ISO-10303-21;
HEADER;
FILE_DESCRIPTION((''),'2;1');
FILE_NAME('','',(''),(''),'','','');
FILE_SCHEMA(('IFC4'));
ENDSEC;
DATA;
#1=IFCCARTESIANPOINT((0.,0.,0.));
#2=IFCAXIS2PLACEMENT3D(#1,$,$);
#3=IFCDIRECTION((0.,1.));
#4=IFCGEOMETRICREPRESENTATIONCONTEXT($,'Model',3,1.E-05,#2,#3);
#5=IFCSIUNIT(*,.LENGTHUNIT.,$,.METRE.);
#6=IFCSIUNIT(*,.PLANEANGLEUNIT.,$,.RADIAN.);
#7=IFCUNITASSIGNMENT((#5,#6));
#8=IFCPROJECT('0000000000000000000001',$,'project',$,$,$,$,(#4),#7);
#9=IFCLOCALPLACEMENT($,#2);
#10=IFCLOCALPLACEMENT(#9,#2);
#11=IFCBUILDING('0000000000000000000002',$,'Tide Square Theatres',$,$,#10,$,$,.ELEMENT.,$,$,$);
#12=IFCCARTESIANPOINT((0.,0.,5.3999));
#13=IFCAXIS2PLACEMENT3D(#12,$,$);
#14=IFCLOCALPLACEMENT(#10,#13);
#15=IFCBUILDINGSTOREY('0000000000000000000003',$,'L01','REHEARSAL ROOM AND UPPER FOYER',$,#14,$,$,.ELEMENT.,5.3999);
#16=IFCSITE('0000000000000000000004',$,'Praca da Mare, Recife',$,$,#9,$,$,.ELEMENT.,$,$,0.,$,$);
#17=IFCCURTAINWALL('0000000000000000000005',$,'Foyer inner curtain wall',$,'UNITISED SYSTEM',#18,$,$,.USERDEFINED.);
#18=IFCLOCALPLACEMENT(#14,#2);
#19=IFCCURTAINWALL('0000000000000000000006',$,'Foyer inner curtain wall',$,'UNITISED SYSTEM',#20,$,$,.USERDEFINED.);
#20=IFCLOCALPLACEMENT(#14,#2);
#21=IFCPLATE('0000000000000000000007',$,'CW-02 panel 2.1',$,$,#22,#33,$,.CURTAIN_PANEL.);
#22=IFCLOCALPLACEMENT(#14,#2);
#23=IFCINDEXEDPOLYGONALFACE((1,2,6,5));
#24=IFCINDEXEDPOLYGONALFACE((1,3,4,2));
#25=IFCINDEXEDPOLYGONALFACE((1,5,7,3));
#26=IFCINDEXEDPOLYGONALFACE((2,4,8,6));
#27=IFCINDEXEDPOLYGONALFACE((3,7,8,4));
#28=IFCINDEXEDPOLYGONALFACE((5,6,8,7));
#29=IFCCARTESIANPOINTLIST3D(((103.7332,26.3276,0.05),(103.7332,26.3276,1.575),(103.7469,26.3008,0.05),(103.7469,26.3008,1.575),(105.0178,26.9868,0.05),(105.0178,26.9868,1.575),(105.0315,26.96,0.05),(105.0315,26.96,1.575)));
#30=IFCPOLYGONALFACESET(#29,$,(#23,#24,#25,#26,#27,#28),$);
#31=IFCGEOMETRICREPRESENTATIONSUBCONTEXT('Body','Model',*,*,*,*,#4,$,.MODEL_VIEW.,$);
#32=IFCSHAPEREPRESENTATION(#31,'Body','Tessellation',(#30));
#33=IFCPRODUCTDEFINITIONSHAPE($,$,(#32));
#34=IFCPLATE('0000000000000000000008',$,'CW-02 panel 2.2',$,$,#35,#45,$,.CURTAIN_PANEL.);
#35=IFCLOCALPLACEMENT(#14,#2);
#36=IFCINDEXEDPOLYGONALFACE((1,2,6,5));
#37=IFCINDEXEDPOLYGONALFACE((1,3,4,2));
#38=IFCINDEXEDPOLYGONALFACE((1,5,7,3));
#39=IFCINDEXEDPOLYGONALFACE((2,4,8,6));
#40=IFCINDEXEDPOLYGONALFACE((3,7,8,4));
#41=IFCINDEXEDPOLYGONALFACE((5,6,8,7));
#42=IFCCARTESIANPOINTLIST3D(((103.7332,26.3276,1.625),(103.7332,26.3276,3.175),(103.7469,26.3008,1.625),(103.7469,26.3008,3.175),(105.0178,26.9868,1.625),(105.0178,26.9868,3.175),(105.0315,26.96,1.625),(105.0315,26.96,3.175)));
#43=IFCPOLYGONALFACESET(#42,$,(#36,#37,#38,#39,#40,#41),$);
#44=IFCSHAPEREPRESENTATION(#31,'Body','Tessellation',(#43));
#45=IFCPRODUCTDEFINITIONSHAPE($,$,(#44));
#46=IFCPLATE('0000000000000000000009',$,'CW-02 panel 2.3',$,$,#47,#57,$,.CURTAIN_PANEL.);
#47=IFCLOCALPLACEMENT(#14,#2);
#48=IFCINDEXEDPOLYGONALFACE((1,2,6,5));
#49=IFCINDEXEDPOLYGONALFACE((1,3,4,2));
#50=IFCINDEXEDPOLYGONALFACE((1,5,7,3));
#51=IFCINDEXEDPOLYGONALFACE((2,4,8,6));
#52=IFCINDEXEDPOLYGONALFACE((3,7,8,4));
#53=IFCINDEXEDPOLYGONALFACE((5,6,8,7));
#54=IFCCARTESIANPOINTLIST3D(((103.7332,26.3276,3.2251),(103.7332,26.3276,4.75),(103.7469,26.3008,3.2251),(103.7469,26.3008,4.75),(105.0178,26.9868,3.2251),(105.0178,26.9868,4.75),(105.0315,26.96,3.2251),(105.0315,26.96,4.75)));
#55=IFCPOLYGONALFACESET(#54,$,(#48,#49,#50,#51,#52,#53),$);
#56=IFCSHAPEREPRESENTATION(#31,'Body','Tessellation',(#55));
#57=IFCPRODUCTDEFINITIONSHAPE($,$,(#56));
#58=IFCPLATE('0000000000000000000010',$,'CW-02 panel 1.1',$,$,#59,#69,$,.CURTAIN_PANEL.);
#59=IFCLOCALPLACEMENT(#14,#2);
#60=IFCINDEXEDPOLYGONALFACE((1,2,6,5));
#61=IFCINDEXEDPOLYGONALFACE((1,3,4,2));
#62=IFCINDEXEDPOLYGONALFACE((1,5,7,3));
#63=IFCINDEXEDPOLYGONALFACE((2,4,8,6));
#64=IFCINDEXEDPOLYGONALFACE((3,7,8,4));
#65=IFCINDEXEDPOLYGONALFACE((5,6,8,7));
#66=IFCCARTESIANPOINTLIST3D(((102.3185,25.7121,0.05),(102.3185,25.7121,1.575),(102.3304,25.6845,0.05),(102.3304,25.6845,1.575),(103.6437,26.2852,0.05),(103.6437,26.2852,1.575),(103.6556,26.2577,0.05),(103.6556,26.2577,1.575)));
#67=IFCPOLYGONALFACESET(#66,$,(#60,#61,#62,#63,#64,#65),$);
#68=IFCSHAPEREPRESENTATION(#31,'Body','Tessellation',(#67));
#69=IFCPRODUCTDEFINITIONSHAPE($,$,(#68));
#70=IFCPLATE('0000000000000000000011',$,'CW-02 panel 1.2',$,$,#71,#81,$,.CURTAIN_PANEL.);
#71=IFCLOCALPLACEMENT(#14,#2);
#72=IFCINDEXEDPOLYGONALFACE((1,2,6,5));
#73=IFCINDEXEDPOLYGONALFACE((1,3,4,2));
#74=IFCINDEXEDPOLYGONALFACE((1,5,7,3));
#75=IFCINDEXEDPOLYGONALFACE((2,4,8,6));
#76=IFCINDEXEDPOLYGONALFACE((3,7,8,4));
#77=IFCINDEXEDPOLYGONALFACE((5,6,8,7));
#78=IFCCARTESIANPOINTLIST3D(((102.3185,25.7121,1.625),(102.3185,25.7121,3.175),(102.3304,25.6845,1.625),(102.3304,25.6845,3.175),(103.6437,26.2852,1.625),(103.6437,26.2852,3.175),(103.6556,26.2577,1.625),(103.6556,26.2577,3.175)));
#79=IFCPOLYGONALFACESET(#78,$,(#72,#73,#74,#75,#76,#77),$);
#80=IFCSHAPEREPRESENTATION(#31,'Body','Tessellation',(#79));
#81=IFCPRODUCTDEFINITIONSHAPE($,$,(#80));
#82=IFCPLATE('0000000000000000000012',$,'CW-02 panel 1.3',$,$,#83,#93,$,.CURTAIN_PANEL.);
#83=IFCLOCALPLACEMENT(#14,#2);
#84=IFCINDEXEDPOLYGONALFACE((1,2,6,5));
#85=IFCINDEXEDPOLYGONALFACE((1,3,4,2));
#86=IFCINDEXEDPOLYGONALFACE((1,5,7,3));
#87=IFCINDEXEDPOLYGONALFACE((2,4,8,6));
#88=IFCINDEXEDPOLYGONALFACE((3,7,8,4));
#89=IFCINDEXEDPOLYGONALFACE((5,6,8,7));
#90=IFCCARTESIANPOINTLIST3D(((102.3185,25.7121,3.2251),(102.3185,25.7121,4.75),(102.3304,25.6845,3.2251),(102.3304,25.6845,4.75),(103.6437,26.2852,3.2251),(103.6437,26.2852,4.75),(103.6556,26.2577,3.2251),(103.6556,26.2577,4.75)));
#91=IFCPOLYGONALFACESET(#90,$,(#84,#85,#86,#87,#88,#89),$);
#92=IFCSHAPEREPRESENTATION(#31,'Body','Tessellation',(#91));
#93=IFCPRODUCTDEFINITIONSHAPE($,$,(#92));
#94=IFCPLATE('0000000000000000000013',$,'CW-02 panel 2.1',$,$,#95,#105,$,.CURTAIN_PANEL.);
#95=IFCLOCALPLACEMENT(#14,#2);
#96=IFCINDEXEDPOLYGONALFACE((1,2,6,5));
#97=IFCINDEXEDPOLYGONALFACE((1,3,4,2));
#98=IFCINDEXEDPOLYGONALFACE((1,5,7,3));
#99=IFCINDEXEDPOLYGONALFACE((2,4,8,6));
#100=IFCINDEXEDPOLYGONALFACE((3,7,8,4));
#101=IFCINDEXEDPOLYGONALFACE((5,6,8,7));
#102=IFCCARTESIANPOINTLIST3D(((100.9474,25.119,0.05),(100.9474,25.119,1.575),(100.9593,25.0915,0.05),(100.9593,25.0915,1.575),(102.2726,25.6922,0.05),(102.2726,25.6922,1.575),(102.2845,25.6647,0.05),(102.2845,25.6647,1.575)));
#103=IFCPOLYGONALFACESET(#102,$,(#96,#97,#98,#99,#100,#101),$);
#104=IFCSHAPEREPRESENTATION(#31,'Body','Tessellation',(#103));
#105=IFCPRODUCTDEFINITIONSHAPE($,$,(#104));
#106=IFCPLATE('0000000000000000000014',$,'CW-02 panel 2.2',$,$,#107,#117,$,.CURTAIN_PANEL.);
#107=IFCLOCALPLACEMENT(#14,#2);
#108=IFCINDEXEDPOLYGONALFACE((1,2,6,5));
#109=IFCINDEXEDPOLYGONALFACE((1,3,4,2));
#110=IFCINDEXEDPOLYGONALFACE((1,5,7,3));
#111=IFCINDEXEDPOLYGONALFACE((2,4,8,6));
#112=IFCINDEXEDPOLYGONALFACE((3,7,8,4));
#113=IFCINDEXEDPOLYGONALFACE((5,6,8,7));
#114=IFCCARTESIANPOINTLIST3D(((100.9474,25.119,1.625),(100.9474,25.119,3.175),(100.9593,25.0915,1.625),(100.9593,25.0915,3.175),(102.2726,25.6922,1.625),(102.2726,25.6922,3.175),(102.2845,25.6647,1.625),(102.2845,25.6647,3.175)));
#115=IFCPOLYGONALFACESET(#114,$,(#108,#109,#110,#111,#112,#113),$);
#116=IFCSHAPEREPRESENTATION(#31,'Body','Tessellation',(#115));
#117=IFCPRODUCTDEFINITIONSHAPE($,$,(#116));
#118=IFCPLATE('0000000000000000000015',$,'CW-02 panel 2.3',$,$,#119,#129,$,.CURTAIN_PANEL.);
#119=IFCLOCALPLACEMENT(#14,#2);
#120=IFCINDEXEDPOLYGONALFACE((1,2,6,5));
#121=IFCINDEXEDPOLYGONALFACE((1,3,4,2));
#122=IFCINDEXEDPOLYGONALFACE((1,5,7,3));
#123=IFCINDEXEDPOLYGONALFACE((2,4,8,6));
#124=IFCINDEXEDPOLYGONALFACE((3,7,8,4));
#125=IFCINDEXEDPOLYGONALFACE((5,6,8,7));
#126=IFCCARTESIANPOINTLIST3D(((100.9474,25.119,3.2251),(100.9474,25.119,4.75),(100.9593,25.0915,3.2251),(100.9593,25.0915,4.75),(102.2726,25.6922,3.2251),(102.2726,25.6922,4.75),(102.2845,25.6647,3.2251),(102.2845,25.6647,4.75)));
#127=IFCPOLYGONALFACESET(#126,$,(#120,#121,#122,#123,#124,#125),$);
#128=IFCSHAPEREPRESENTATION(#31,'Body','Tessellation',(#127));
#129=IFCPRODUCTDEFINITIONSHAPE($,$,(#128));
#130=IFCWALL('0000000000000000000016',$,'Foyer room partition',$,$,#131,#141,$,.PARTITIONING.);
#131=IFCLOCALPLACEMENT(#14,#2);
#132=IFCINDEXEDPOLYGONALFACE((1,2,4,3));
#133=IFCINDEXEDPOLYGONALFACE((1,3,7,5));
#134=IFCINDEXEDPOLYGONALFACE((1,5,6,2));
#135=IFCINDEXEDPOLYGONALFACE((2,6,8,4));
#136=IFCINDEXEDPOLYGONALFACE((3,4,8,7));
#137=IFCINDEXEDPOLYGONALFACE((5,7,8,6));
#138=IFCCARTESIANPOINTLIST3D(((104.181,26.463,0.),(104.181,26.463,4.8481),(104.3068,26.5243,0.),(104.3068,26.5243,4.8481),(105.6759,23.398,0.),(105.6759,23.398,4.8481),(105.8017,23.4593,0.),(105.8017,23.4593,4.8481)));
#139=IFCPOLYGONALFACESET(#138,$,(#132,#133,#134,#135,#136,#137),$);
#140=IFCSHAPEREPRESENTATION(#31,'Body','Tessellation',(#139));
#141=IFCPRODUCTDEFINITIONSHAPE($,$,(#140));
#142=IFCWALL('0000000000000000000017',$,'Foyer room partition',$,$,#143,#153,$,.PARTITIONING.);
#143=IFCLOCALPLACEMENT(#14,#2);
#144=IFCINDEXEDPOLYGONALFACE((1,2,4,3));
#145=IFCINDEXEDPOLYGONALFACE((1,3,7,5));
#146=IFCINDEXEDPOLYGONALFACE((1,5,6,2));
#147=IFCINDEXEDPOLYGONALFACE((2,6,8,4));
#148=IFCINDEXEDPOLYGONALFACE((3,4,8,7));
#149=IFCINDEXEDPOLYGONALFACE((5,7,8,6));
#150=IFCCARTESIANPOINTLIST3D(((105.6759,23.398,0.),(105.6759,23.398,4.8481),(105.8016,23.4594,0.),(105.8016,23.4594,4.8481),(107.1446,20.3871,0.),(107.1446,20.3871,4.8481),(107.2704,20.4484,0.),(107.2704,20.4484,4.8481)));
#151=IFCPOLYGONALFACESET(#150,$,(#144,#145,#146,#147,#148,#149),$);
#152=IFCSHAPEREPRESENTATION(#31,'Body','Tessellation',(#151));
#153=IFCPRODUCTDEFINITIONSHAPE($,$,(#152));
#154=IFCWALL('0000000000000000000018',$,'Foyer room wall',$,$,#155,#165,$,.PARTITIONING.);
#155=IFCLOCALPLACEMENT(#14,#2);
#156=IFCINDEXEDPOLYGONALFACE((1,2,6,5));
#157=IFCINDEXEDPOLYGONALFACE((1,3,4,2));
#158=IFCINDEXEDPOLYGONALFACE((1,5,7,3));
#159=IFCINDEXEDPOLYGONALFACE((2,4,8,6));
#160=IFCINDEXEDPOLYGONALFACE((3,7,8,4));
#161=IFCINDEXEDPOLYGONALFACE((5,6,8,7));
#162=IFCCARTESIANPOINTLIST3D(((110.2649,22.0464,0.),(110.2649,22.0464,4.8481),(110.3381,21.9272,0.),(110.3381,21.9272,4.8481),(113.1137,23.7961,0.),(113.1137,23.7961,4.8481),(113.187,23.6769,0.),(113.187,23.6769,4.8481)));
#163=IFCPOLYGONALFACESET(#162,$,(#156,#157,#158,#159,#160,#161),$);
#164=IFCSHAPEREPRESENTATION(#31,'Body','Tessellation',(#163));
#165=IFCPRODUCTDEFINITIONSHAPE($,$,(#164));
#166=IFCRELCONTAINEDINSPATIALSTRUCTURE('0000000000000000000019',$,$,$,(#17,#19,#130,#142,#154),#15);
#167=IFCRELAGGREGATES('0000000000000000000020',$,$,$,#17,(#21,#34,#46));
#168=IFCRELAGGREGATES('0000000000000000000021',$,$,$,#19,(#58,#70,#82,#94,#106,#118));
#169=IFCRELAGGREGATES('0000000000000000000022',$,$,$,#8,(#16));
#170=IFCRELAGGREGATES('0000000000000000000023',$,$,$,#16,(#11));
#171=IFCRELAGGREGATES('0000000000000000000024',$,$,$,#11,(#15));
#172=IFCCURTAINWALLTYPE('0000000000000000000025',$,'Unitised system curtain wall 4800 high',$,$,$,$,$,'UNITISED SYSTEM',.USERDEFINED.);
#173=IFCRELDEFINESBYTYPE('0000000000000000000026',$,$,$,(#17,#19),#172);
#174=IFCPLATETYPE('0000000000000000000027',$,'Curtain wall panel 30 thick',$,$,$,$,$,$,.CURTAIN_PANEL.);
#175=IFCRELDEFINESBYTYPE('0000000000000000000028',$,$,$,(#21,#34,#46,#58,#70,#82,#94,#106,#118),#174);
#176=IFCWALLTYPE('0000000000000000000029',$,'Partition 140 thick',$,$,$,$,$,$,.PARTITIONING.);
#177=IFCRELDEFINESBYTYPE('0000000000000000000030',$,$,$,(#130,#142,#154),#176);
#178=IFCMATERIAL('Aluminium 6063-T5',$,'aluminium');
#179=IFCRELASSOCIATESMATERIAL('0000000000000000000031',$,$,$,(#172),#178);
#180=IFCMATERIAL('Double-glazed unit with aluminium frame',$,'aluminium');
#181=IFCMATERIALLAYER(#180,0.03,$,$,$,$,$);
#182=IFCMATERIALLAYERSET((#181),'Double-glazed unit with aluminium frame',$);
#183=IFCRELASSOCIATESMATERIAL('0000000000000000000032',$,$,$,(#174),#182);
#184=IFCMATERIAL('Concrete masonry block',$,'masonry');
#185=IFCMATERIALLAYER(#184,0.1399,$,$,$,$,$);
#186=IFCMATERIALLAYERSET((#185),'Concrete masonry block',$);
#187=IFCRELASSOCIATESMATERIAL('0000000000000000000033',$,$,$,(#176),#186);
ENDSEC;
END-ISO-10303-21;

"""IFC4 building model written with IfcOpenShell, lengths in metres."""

from ifc_helpers import new_model, si_unit, direction, frame, frame_2d, origin, origin_2d, place, context, subcontext, project, spatial, rectangle, extrude, material, layer, layer_set, type_object, element, aggregate, save


model = new_model("IFC4")

# Units and contexts
model_context = context("Model", 3, precision=1e-05, world=origin(), true_north=direction((0.0, 1.0)))
body_context = subcontext(model_context, "Body", "Model", "MODEL_VIEW")
ifc_project = project(units=[si_unit("LENGTHUNIT", "METRE"), si_unit("PLANEANGLEUNIT", "RADIAN")], contexts=[model_context])

# Site, building, storey
site_placement = place(None, origin())
site = spatial("IfcSite", under=ifc_project, at=site_placement, Name="Praca da Mare, Recife", CompositionType="ELEMENT", RefElevation=0.0)
building_placement = place(site_placement, origin())
building = spatial("IfcBuilding", under=site, at=building_placement, Name="Tide Square Theatres", CompositionType="ELEMENT")
storey_placement = place(building_placement, frame((0.0, 0.0, 5.3999)))
storey = spatial("IfcBuildingStorey", under=building, at=storey_placement, Name="L01", Description="REHEARSAL ROOM AND UPPER FOYER", CompositionType="ELEMENT", Elevation=5.3999)

# Curtain walls
ifc_material_1 = material(Name="Aluminium 6063-T5", Category="aluminium")
curtain_wall_type = type_object("IfcCurtainWallType", Name="Unitised system curtain wall 4800 high", ElementType="UNITISED SYSTEM", PredefinedType="USERDEFINED", material=ifc_material_1)
curtain_wall_1_placement = place(storey_placement, origin())
curtain_wall_1 = element("IfcCurtainWall", 1, at=curtain_wall_1_placement, inside=storey, type_object=curtain_wall_type, Name="Foyer inner curtain wall", ObjectType="UNITISED SYSTEM", PredefinedType="USERDEFINED")
curtain_wall_2_placement = place(storey_placement, origin())
curtain_wall_2 = element("IfcCurtainWall", 2, at=curtain_wall_2_placement, inside=storey, type_object=curtain_wall_type, Name="Foyer inner curtain wall", ObjectType="UNITISED SYSTEM", PredefinedType="USERDEFINED")

# Plates
ifc_material_2 = material(Name="Double-glazed unit with aluminium frame", Category="aluminium")
ifc_layer_1 = layer(ifc_material_2, 0.03)
ifc_layer_set_1 = layer_set([ifc_layer_1], Name="Double-glazed unit with aluminium frame")
plate_type = type_object("IfcPlateType", Name="Curtain wall panel 30 thick", PredefinedType="CURTAIN_PANEL", material=ifc_layer_set_1)
plate_1_placement = place(storey_placement, frame((104.3823, 26.6438, 0.05), z_axis=(0.0, 0.0, 1.0), x_axis=(-0.889691, -0.456564, 0.0)))
plate_1 = element("IfcPlate", 3, at=plate_1_placement, type_object=plate_type, Name="CW-02 panel 2.1", PredefinedType="CURTAIN_PANEL", context=body_context, shape_type="SweptSolid", body=[
    extrude(rectangle(XDim=1.4438, YDim=0.03, at=origin_2d()), origin(), (0.0, 0.0, 1.0), 1.5249),
])
plate_2_placement = place(storey_placement, frame((104.3823, 26.6438, 1.625), z_axis=(0.0, 0.0, 1.0), x_axis=(-0.889691, -0.456564, 0.0)))
plate_2 = element("IfcPlate", 4, at=plate_2_placement, type_object=plate_type, Name="CW-02 panel 2.2", PredefinedType="CURTAIN_PANEL", context=body_context, shape_type="SweptSolid", body=[
    extrude(rectangle(XDim=1.4438, YDim=0.03, at=origin_2d()), origin(), (0.0, 0.0, 1.0), 1.55),
])
plate_3_placement = place(storey_placement, frame((104.3823, 26.6438, 3.2251), z_axis=(0.0, 0.0, 1.0), x_axis=(-0.889691, -0.456564, 0.0)))
plate_3 = element("IfcPlate", 5, at=plate_3_placement, type_object=plate_type, Name="CW-02 panel 2.3", PredefinedType="CURTAIN_PANEL", context=body_context, shape_type="SweptSolid", body=[
    extrude(rectangle(XDim=1.4438, YDim=0.03, at=origin_2d()), origin(), (0.0, 0.0, 1.0), 1.5249),
])
aggregate(curtain_wall_1, [plate_1, plate_2, plate_3])
plate_4_placement = place(storey_placement, frame((102.9871, 25.9849, 0.05), z_axis=(0.0, 0.0, 1.0), x_axis=(-0.917827, -0.39698, 0.0)))
plate_4 = element("IfcPlate", 6, at=plate_4_placement, type_object=plate_type, Name="CW-02 panel 1.1", PredefinedType="CURTAIN_PANEL", context=body_context, shape_type="SweptSolid", body=[
    extrude(rectangle(XDim=1.4438, YDim=0.03, at=origin_2d()), origin(), (0.0, 0.0, 1.0), 1.5249),
])
plate_5_placement = place(storey_placement, frame((102.9871, 25.9849, 1.625), z_axis=(0.0, 0.0, 1.0), x_axis=(-0.917827, -0.39698, 0.0)))
plate_5 = element("IfcPlate", 7, at=plate_5_placement, type_object=plate_type, Name="CW-02 panel 1.2", PredefinedType="CURTAIN_PANEL", context=body_context, shape_type="SweptSolid", body=[
    extrude(rectangle(XDim=1.4438, YDim=0.03, at=origin_2d()), origin(), (0.0, 0.0, 1.0), 1.55),
])
plate_6_placement = place(storey_placement, frame((102.9871, 25.9849, 3.2251), z_axis=(0.0, 0.0, 1.0), x_axis=(-0.917827, -0.39698, 0.0)))
plate_6 = element("IfcPlate", 8, at=plate_6_placement, type_object=plate_type, Name="CW-02 panel 1.3", PredefinedType="CURTAIN_PANEL", context=body_context, shape_type="SweptSolid", body=[
    extrude(rectangle(XDim=1.4438, YDim=0.03, at=origin_2d()), origin(), (0.0, 0.0, 1.0), 1.5249),
])
plate_7_placement = place(storey_placement, frame((101.616, 25.3918, 0.05), z_axis=(0.0, 0.0, 1.0), x_axis=(-0.917827, -0.39698, 0.0)))
plate_7 = element("IfcPlate", 9, at=plate_7_placement, type_object=plate_type, Name="CW-02 panel 2.1", PredefinedType="CURTAIN_PANEL", context=body_context, shape_type="SweptSolid", body=[
    extrude(rectangle(XDim=1.4438, YDim=0.03, at=origin_2d()), origin(), (0.0, 0.0, 1.0), 1.5249),
])
plate_8_placement = place(storey_placement, frame((101.616, 25.3918, 1.625), z_axis=(0.0, 0.0, 1.0), x_axis=(-0.917827, -0.39698, 0.0)))
plate_8 = element("IfcPlate", 10, at=plate_8_placement, type_object=plate_type, Name="CW-02 panel 2.2", PredefinedType="CURTAIN_PANEL", context=body_context, shape_type="SweptSolid", body=[
    extrude(rectangle(XDim=1.4438, YDim=0.03, at=origin_2d()), origin(), (0.0, 0.0, 1.0), 1.55),
])
plate_9_placement = place(storey_placement, frame((101.616, 25.3918, 3.2251), z_axis=(0.0, 0.0, 1.0), x_axis=(-0.917827, -0.39698, 0.0)))
plate_9 = element("IfcPlate", 11, at=plate_9_placement, type_object=plate_type, Name="CW-02 panel 2.3", PredefinedType="CURTAIN_PANEL", context=body_context, shape_type="SweptSolid", body=[
    extrude(rectangle(XDim=1.4438, YDim=0.03, at=origin_2d()), origin(), (0.0, 0.0, 1.0), 1.5249),
])
aggregate(curtain_wall_2, [plate_4, plate_5, plate_6, plate_7, plate_8, plate_9])

# Walls
ifc_material_3 = material(Name="Concrete masonry block", Category="masonry")
ifc_layer_2 = layer(ifc_material_3, 0.1399)
ifc_layer_set_2 = layer_set([ifc_layer_2], Name="Concrete masonry block")
wall_type = type_object("IfcWallType", Name="Partition 140 thick", PredefinedType="PARTITIONING", material=ifc_layer_set_2)
wall_1_placement = place(storey_placement, frame((104.2439, 26.4937, 0.0), z_axis=(0.0, 0.0, 1.0), x_axis=(0.438371, -0.898794, 0.0)))
element("IfcWall", 12, at=wall_1_placement, inside=storey, type_object=wall_type, Name="Foyer room partition", PredefinedType="PARTITIONING", context=body_context, shape_type="SweptSolid", body=[
    extrude(rectangle(XDim=3.4102, YDim=0.1399, at=frame_2d((1.7051, 0.0))), origin(), (0.0, 0.0, 1.0), 4.8481),
])
wall_2_placement = place(storey_placement, frame((105.7388, 23.4287, 0.0), z_axis=(0.0, 0.0, 1.0), x_axis=(0.438418, -0.898771, 0.0)))
element("IfcWall", 13, at=wall_2_placement, inside=storey, type_object=wall_type, Name="Foyer room partition", PredefinedType="PARTITIONING", context=body_context, shape_type="SweptSolid", body=[
    extrude(rectangle(XDim=3.3501, YDim=0.1399, at=frame_2d((1.675, 0.0))), origin(), (0.0, 0.0, 1.0), 4.8481),
])
wall_3_placement = place(storey_placement, frame((110.3015, 21.9868, 0.0), z_axis=(0.0, 0.0, 1.0), x_axis=(0.852112, 0.52336, 0.0)))
element("IfcWall", 14, at=wall_3_placement, inside=storey, type_object=wall_type, Name="Foyer room wall", PredefinedType="PARTITIONING", context=body_context, shape_type="SweptSolid", body=[
    extrude(rectangle(XDim=3.3433, YDim=0.1399, at=frame_2d((1.6716, 0.0))), origin(), (0.0, 0.0, 1.0), 4.8481),
])

save(model, "model.ifc")
